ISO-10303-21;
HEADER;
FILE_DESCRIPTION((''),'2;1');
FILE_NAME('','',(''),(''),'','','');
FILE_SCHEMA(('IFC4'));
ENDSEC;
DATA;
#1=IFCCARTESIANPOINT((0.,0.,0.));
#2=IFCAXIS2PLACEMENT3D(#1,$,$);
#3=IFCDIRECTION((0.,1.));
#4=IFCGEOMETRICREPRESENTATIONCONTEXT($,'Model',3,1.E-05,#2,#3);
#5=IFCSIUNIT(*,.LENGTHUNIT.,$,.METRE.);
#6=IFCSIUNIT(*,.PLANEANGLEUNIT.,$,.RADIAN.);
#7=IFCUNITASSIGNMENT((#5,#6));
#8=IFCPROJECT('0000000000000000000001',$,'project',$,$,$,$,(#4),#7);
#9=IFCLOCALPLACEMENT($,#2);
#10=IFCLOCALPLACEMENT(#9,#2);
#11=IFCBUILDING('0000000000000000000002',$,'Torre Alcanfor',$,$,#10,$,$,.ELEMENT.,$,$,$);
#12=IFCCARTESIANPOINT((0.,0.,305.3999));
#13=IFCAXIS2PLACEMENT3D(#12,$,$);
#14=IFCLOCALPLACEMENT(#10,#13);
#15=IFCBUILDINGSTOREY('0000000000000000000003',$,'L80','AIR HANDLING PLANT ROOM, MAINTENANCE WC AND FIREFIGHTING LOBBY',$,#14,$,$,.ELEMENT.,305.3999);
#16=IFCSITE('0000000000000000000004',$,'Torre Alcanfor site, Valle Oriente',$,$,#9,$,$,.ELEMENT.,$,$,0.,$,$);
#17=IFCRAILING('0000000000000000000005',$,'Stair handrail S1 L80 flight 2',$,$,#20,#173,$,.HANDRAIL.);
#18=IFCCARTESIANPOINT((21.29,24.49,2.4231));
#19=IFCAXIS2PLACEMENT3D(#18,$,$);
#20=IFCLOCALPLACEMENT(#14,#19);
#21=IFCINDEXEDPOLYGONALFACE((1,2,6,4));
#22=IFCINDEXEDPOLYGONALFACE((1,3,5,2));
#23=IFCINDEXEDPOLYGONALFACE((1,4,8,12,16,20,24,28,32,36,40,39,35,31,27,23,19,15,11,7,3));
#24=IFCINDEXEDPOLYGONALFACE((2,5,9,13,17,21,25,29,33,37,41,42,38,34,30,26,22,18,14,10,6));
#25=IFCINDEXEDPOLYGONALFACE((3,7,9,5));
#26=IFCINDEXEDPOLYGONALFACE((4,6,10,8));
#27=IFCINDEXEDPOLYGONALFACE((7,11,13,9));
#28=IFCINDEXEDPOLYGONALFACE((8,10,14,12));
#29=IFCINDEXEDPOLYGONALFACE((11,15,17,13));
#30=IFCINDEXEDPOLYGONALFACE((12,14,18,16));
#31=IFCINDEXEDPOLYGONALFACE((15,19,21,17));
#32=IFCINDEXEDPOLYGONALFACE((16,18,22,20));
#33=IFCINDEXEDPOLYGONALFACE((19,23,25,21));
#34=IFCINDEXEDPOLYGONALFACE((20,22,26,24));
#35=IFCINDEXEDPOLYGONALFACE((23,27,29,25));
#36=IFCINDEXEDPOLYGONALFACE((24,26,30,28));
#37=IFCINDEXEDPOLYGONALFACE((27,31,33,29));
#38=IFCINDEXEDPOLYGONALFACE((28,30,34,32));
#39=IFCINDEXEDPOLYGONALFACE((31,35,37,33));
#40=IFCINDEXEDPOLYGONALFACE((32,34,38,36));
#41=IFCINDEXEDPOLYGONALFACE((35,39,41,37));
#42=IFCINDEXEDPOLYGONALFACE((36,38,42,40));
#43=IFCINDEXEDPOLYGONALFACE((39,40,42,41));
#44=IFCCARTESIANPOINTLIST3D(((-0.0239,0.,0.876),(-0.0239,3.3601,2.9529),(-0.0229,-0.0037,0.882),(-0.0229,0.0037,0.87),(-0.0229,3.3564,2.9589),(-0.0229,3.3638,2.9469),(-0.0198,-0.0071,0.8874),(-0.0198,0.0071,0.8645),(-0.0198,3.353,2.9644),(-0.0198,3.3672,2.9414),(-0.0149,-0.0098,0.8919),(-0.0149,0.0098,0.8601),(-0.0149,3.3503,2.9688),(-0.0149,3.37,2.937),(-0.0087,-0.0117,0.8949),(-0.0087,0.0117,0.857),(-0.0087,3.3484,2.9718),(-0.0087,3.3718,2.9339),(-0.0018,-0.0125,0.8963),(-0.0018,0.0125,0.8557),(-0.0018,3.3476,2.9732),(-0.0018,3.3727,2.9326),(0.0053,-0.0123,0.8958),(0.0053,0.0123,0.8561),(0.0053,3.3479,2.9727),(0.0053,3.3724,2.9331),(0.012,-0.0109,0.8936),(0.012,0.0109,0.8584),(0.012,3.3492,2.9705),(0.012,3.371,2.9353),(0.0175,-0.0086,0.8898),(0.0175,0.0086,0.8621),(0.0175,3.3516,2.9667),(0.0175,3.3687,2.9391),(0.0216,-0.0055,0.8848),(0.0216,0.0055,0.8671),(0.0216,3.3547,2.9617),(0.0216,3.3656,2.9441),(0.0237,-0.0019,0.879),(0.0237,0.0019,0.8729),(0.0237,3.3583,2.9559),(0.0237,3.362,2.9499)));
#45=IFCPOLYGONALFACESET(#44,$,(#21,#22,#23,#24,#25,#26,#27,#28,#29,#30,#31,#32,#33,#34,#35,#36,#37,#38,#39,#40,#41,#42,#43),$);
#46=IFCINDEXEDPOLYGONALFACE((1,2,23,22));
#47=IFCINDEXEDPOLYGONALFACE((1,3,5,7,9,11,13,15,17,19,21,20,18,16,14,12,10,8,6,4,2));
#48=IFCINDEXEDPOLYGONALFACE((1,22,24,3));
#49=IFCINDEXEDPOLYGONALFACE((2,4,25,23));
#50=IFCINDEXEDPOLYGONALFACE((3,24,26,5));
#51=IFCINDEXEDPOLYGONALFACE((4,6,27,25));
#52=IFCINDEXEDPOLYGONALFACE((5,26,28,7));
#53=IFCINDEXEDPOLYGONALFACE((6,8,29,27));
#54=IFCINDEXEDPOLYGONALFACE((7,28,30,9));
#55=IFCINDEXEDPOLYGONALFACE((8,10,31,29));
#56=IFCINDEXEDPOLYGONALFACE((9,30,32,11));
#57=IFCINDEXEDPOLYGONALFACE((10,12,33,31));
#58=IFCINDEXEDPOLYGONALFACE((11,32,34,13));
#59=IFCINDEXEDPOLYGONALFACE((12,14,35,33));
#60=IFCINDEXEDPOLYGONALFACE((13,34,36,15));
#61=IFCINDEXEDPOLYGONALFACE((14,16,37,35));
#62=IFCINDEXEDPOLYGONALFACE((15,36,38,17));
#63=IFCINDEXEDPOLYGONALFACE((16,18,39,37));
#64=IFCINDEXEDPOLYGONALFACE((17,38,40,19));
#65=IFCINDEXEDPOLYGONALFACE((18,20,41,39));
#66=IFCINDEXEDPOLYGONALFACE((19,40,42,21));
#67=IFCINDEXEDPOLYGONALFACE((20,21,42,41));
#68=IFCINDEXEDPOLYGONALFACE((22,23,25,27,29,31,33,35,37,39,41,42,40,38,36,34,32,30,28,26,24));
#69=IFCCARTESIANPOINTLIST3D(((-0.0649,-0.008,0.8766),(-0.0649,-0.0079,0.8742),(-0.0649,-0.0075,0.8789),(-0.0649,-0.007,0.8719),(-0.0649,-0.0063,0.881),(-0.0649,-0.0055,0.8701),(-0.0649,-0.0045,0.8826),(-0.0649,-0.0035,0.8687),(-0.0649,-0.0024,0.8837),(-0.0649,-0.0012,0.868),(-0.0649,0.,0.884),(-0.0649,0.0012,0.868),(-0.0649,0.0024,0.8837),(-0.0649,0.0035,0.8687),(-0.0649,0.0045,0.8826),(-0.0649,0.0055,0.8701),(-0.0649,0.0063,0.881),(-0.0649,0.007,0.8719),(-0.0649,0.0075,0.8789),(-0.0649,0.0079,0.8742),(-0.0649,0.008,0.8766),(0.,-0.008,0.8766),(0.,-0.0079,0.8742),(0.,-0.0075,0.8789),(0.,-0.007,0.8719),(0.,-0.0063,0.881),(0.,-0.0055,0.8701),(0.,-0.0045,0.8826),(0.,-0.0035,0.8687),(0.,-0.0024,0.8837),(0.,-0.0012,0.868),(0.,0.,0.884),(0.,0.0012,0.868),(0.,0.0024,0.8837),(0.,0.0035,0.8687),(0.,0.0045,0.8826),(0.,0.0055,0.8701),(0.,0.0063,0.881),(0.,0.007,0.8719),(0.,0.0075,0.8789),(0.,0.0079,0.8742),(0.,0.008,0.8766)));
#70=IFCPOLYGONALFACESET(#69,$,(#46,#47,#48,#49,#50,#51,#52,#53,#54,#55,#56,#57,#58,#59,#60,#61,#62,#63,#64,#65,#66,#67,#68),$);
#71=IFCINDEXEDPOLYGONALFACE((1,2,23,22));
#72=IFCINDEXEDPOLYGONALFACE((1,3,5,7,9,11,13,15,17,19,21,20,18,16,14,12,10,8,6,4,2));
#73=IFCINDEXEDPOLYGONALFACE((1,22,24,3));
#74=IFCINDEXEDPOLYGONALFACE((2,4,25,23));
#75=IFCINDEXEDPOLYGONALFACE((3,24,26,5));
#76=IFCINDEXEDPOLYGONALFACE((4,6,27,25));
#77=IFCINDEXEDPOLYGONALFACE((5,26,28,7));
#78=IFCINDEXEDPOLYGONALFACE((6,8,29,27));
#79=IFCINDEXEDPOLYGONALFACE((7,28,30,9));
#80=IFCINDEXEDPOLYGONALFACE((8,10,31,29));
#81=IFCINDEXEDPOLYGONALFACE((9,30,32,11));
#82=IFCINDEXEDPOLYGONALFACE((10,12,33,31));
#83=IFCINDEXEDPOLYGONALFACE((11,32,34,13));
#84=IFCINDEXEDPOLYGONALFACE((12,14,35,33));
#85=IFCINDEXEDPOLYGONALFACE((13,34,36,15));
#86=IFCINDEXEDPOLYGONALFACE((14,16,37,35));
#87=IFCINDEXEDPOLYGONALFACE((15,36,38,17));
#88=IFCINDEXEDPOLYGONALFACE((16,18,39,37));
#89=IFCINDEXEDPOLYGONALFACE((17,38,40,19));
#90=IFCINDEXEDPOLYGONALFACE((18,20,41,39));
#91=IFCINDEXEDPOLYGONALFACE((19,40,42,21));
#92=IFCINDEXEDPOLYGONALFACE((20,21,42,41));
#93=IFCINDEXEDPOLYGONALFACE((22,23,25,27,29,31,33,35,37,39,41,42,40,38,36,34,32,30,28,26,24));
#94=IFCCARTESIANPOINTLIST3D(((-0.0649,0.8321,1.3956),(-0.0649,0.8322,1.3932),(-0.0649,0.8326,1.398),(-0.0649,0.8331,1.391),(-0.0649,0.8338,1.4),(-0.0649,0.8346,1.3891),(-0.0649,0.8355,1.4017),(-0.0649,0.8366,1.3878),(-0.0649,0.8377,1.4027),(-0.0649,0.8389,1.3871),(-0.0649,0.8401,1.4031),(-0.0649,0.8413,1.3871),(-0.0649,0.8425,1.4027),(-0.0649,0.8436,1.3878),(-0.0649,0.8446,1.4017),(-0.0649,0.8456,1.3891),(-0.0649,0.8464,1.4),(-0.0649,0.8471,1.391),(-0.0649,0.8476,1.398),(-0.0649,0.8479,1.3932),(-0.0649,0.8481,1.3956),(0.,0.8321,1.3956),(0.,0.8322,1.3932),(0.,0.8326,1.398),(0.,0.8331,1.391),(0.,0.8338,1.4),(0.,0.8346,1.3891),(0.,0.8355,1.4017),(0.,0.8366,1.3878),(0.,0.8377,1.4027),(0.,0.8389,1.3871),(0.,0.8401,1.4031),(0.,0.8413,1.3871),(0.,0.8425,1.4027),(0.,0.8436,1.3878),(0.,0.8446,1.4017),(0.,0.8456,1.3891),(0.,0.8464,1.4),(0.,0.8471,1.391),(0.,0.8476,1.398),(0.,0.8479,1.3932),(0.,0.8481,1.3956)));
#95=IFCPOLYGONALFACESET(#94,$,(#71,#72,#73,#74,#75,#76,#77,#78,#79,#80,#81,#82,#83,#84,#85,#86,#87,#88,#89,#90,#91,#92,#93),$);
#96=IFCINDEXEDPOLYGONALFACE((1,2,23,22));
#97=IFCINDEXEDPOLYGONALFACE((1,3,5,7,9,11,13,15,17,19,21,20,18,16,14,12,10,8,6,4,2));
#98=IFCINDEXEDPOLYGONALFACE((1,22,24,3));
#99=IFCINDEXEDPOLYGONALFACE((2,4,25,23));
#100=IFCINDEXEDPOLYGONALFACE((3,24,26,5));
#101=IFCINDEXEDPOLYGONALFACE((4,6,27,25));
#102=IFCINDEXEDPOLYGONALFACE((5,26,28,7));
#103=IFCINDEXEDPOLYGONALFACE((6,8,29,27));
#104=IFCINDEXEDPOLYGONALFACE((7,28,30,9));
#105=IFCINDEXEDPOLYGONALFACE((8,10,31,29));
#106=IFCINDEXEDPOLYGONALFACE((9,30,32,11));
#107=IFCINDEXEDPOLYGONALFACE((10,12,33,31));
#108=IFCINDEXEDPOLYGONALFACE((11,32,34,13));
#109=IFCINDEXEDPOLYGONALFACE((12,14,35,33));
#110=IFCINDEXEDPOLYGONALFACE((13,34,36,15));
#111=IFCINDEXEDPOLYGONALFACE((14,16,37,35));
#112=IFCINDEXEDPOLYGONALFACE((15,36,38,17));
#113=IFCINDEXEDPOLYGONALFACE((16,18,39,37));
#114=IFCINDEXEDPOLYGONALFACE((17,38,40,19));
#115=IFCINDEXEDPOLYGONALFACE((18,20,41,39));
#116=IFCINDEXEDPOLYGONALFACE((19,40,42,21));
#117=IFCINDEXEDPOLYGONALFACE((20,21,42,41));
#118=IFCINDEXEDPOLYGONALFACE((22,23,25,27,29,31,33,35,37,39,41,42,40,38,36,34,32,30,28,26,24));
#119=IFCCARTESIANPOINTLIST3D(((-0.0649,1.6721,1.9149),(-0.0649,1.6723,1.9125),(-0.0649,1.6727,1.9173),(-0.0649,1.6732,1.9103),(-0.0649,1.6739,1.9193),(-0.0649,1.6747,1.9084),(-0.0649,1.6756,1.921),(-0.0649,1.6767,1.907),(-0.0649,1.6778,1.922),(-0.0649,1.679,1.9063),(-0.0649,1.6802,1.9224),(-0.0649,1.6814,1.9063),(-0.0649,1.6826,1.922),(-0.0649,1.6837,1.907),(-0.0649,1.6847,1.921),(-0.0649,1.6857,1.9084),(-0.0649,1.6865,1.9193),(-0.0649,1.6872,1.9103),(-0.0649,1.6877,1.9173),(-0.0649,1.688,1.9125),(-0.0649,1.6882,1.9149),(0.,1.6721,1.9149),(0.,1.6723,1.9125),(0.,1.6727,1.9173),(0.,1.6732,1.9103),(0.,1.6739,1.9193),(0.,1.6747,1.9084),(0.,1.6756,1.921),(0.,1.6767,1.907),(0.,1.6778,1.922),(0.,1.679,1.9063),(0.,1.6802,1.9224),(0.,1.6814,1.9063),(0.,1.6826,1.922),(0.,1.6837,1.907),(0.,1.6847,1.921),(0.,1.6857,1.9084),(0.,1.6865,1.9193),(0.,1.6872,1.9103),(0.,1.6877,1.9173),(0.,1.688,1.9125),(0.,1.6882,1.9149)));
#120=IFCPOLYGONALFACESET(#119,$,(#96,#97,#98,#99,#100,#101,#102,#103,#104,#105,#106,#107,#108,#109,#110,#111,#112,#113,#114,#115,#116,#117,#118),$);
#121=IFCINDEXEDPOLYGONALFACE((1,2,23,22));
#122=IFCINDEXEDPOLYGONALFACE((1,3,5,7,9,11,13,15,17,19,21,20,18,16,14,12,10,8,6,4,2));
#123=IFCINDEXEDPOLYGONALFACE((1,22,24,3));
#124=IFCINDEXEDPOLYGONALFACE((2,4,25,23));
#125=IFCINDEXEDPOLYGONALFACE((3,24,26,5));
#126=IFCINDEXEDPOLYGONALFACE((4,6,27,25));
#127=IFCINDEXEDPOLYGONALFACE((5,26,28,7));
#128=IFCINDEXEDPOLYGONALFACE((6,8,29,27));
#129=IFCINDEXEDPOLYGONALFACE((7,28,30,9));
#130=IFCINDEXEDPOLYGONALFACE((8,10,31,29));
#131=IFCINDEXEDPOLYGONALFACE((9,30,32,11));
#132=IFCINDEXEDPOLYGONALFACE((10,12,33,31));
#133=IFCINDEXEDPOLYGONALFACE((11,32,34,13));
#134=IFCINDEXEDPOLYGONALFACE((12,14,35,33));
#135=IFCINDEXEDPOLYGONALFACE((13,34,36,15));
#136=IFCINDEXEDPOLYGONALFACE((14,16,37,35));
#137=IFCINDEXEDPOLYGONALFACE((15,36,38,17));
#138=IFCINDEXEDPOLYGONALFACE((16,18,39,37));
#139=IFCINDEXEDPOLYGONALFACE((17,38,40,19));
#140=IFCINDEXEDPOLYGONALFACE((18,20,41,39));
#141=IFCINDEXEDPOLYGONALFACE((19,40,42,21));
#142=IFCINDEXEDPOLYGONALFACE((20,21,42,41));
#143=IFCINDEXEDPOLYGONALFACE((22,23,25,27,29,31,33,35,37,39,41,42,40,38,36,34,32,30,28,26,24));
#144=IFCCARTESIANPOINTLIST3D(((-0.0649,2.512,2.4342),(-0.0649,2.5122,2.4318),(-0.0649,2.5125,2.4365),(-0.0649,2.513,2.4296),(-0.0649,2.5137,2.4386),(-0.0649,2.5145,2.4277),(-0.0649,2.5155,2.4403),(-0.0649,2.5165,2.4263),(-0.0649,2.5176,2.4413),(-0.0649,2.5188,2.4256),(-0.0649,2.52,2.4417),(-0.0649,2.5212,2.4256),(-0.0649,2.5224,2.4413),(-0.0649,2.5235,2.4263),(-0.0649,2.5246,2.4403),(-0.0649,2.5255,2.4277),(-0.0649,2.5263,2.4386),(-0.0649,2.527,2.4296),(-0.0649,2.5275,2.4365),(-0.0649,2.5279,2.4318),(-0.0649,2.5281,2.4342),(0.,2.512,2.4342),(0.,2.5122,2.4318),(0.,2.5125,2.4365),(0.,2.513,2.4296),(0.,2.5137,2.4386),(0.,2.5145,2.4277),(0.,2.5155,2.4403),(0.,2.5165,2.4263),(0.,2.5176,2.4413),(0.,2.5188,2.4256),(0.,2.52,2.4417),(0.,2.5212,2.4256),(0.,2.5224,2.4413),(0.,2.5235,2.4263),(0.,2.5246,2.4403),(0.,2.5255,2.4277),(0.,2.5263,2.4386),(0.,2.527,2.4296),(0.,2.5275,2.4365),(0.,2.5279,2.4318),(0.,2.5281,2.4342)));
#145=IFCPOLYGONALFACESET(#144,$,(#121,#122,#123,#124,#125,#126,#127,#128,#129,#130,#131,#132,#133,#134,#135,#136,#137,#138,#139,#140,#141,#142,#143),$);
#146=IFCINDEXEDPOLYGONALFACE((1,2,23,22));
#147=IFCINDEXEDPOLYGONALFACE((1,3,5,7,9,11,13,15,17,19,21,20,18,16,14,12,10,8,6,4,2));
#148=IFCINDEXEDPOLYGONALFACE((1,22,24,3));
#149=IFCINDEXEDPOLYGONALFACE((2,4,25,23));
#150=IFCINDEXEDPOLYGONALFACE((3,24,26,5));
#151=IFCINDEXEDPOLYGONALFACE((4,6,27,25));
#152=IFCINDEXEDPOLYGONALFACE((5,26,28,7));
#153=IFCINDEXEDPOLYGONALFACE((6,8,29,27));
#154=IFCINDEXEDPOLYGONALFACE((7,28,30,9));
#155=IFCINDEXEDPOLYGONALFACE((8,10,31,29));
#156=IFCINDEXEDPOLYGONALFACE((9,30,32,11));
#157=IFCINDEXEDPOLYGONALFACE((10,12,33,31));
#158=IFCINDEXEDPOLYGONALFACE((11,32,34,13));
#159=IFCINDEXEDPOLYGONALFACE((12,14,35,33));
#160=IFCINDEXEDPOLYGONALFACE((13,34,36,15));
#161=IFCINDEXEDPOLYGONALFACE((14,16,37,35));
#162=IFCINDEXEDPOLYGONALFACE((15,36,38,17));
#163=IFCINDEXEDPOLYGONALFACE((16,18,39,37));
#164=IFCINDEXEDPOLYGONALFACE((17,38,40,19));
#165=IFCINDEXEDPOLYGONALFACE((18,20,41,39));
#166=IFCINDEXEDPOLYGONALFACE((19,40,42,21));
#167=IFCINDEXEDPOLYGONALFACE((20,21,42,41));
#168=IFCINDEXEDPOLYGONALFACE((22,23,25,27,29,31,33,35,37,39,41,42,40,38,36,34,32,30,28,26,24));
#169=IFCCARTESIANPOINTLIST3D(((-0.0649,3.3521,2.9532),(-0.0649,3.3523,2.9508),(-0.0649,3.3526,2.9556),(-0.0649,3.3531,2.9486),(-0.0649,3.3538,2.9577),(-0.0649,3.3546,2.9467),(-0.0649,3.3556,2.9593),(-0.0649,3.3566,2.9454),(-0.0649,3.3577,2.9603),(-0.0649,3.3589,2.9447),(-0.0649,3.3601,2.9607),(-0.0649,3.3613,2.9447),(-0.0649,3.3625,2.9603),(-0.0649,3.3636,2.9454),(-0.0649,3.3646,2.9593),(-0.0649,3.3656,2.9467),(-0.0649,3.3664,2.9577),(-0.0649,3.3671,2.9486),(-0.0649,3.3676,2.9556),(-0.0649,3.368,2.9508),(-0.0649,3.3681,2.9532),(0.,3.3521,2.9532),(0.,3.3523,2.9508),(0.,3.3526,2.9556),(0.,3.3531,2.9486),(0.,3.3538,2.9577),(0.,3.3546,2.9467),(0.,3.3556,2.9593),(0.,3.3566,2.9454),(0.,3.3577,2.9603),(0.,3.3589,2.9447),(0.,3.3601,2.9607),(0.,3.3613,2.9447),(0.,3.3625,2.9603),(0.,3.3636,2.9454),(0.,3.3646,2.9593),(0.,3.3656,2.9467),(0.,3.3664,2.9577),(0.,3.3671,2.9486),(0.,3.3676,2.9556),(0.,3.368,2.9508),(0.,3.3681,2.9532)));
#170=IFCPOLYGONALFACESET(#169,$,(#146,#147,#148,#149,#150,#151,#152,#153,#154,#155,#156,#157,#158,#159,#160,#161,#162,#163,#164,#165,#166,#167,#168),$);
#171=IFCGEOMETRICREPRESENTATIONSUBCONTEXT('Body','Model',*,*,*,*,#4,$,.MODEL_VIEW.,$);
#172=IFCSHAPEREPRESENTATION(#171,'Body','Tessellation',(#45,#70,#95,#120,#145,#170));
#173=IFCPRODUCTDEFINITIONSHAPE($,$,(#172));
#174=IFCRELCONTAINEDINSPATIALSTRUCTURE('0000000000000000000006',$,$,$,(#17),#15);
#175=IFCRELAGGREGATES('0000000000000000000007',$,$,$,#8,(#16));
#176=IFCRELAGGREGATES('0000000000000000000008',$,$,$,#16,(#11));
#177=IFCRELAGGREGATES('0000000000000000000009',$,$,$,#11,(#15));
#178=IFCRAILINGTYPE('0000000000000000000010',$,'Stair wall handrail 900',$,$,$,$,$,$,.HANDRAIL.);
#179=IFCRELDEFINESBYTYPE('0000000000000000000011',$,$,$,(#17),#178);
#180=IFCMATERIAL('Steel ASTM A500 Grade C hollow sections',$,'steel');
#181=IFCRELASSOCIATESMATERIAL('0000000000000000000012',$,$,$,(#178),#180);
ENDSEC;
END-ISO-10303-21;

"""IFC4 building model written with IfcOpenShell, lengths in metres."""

from ifc_helpers import new_model, si_unit, direction, frame, origin, origin_2d, place, context, subcontext, project, spatial, circle, extrude, material, type_object, element, save


model = new_model("IFC4")

# Units and contexts
model_context = context("Model", 3, precision=1e-05, world=origin(), true_north=direction((0.0, 1.0)))
body_context = subcontext(model_context, "Body", "Model", "MODEL_VIEW")
ifc_project = project(units=[si_unit("LENGTHUNIT", "METRE"), si_unit("PLANEANGLEUNIT", "RADIAN")], contexts=[model_context])

# Site, building, storey
site_placement = place(None, origin())
site = spatial("IfcSite", under=ifc_project, at=site_placement, Name="Torre Alcanfor site, Valle Oriente", CompositionType="ELEMENT", RefElevation=0.0)
building_placement = place(site_placement, origin())
building = spatial("IfcBuilding", under=site, at=building_placement, Name="Torre Alcanfor", CompositionType="ELEMENT")
storey_placement = place(building_placement, frame((0.0, 0.0, 305.3999)))
storey = spatial("IfcBuildingStorey", under=building, at=storey_placement, Name="L80", Description="AIR HANDLING PLANT ROOM, MAINTENANCE WC AND FIREFIGHTING LOBBY", CompositionType="ELEMENT", Elevation=305.3999)

# Railing
ifc_material_1 = material(Name="Steel ASTM A500 Grade C hollow sections", Category="steel")
railing_type_1 = type_object("IfcRailingType", Name="Stair wall handrail 900", PredefinedType="HANDRAIL", material=ifc_material_1)
railing_1_placement = place(storey_placement, frame((21.29, 24.49, 2.4231)))
element("IfcRailing", 1, at=railing_1_placement, inside=storey, type_object=railing_type_1, Name="Stair handrail S1 L80 flight 2", PredefinedType="HANDRAIL", context=body_context, shape_type="SweptSolid", body=[
    extrude(circle(Radius=0.0239, at=origin_2d()), frame((0.0, 0.0, 0.876), z_axis=(0.0, 0.850623, 0.525776), x_axis=(-1.0, 0.0, 0.0)), (0.0, 0.0, 1.0), 3.9502),
    extrude(circle(Radius=0.0081, at=origin_2d()), frame((0.0, 0.0, 0.876), z_axis=(-1.0, 0.0, 0.0), x_axis=(0.0, 0.0, 1.0)), (0.0, 0.0, 1.0), 0.0649),
    extrude(circle(Radius=0.0081, at=origin_2d()), frame((0.0, 0.8401, 1.395), z_axis=(-1.0, 0.0, 0.0), x_axis=(0.0, 0.0, 1.0)), (0.0, 0.0, 1.0), 0.0649),
    extrude(circle(Radius=0.0081, at=origin_2d()), frame((0.0, 1.6802, 1.9143), z_axis=(-1.0, 0.0, 0.0), x_axis=(0.0, 0.0, 1.0)), (0.0, 0.0, 1.0), 0.0649),
    extrude(circle(Radius=0.0081, at=origin_2d()), frame((0.0, 2.52, 2.4336), z_axis=(-1.0, 0.0, 0.0), x_axis=(0.0, 0.0, 1.0)), (0.0, 0.0, 1.0), 0.0649),
    extrude(circle(Radius=0.0081, at=origin_2d()), frame((0.0, 3.3601, 2.9526), z_axis=(-1.0, 0.0, 0.0), x_axis=(0.0, 0.0, 1.0)), (0.0, 0.0, 1.0), 0.0649),
])

save(model, "model.ifc")
